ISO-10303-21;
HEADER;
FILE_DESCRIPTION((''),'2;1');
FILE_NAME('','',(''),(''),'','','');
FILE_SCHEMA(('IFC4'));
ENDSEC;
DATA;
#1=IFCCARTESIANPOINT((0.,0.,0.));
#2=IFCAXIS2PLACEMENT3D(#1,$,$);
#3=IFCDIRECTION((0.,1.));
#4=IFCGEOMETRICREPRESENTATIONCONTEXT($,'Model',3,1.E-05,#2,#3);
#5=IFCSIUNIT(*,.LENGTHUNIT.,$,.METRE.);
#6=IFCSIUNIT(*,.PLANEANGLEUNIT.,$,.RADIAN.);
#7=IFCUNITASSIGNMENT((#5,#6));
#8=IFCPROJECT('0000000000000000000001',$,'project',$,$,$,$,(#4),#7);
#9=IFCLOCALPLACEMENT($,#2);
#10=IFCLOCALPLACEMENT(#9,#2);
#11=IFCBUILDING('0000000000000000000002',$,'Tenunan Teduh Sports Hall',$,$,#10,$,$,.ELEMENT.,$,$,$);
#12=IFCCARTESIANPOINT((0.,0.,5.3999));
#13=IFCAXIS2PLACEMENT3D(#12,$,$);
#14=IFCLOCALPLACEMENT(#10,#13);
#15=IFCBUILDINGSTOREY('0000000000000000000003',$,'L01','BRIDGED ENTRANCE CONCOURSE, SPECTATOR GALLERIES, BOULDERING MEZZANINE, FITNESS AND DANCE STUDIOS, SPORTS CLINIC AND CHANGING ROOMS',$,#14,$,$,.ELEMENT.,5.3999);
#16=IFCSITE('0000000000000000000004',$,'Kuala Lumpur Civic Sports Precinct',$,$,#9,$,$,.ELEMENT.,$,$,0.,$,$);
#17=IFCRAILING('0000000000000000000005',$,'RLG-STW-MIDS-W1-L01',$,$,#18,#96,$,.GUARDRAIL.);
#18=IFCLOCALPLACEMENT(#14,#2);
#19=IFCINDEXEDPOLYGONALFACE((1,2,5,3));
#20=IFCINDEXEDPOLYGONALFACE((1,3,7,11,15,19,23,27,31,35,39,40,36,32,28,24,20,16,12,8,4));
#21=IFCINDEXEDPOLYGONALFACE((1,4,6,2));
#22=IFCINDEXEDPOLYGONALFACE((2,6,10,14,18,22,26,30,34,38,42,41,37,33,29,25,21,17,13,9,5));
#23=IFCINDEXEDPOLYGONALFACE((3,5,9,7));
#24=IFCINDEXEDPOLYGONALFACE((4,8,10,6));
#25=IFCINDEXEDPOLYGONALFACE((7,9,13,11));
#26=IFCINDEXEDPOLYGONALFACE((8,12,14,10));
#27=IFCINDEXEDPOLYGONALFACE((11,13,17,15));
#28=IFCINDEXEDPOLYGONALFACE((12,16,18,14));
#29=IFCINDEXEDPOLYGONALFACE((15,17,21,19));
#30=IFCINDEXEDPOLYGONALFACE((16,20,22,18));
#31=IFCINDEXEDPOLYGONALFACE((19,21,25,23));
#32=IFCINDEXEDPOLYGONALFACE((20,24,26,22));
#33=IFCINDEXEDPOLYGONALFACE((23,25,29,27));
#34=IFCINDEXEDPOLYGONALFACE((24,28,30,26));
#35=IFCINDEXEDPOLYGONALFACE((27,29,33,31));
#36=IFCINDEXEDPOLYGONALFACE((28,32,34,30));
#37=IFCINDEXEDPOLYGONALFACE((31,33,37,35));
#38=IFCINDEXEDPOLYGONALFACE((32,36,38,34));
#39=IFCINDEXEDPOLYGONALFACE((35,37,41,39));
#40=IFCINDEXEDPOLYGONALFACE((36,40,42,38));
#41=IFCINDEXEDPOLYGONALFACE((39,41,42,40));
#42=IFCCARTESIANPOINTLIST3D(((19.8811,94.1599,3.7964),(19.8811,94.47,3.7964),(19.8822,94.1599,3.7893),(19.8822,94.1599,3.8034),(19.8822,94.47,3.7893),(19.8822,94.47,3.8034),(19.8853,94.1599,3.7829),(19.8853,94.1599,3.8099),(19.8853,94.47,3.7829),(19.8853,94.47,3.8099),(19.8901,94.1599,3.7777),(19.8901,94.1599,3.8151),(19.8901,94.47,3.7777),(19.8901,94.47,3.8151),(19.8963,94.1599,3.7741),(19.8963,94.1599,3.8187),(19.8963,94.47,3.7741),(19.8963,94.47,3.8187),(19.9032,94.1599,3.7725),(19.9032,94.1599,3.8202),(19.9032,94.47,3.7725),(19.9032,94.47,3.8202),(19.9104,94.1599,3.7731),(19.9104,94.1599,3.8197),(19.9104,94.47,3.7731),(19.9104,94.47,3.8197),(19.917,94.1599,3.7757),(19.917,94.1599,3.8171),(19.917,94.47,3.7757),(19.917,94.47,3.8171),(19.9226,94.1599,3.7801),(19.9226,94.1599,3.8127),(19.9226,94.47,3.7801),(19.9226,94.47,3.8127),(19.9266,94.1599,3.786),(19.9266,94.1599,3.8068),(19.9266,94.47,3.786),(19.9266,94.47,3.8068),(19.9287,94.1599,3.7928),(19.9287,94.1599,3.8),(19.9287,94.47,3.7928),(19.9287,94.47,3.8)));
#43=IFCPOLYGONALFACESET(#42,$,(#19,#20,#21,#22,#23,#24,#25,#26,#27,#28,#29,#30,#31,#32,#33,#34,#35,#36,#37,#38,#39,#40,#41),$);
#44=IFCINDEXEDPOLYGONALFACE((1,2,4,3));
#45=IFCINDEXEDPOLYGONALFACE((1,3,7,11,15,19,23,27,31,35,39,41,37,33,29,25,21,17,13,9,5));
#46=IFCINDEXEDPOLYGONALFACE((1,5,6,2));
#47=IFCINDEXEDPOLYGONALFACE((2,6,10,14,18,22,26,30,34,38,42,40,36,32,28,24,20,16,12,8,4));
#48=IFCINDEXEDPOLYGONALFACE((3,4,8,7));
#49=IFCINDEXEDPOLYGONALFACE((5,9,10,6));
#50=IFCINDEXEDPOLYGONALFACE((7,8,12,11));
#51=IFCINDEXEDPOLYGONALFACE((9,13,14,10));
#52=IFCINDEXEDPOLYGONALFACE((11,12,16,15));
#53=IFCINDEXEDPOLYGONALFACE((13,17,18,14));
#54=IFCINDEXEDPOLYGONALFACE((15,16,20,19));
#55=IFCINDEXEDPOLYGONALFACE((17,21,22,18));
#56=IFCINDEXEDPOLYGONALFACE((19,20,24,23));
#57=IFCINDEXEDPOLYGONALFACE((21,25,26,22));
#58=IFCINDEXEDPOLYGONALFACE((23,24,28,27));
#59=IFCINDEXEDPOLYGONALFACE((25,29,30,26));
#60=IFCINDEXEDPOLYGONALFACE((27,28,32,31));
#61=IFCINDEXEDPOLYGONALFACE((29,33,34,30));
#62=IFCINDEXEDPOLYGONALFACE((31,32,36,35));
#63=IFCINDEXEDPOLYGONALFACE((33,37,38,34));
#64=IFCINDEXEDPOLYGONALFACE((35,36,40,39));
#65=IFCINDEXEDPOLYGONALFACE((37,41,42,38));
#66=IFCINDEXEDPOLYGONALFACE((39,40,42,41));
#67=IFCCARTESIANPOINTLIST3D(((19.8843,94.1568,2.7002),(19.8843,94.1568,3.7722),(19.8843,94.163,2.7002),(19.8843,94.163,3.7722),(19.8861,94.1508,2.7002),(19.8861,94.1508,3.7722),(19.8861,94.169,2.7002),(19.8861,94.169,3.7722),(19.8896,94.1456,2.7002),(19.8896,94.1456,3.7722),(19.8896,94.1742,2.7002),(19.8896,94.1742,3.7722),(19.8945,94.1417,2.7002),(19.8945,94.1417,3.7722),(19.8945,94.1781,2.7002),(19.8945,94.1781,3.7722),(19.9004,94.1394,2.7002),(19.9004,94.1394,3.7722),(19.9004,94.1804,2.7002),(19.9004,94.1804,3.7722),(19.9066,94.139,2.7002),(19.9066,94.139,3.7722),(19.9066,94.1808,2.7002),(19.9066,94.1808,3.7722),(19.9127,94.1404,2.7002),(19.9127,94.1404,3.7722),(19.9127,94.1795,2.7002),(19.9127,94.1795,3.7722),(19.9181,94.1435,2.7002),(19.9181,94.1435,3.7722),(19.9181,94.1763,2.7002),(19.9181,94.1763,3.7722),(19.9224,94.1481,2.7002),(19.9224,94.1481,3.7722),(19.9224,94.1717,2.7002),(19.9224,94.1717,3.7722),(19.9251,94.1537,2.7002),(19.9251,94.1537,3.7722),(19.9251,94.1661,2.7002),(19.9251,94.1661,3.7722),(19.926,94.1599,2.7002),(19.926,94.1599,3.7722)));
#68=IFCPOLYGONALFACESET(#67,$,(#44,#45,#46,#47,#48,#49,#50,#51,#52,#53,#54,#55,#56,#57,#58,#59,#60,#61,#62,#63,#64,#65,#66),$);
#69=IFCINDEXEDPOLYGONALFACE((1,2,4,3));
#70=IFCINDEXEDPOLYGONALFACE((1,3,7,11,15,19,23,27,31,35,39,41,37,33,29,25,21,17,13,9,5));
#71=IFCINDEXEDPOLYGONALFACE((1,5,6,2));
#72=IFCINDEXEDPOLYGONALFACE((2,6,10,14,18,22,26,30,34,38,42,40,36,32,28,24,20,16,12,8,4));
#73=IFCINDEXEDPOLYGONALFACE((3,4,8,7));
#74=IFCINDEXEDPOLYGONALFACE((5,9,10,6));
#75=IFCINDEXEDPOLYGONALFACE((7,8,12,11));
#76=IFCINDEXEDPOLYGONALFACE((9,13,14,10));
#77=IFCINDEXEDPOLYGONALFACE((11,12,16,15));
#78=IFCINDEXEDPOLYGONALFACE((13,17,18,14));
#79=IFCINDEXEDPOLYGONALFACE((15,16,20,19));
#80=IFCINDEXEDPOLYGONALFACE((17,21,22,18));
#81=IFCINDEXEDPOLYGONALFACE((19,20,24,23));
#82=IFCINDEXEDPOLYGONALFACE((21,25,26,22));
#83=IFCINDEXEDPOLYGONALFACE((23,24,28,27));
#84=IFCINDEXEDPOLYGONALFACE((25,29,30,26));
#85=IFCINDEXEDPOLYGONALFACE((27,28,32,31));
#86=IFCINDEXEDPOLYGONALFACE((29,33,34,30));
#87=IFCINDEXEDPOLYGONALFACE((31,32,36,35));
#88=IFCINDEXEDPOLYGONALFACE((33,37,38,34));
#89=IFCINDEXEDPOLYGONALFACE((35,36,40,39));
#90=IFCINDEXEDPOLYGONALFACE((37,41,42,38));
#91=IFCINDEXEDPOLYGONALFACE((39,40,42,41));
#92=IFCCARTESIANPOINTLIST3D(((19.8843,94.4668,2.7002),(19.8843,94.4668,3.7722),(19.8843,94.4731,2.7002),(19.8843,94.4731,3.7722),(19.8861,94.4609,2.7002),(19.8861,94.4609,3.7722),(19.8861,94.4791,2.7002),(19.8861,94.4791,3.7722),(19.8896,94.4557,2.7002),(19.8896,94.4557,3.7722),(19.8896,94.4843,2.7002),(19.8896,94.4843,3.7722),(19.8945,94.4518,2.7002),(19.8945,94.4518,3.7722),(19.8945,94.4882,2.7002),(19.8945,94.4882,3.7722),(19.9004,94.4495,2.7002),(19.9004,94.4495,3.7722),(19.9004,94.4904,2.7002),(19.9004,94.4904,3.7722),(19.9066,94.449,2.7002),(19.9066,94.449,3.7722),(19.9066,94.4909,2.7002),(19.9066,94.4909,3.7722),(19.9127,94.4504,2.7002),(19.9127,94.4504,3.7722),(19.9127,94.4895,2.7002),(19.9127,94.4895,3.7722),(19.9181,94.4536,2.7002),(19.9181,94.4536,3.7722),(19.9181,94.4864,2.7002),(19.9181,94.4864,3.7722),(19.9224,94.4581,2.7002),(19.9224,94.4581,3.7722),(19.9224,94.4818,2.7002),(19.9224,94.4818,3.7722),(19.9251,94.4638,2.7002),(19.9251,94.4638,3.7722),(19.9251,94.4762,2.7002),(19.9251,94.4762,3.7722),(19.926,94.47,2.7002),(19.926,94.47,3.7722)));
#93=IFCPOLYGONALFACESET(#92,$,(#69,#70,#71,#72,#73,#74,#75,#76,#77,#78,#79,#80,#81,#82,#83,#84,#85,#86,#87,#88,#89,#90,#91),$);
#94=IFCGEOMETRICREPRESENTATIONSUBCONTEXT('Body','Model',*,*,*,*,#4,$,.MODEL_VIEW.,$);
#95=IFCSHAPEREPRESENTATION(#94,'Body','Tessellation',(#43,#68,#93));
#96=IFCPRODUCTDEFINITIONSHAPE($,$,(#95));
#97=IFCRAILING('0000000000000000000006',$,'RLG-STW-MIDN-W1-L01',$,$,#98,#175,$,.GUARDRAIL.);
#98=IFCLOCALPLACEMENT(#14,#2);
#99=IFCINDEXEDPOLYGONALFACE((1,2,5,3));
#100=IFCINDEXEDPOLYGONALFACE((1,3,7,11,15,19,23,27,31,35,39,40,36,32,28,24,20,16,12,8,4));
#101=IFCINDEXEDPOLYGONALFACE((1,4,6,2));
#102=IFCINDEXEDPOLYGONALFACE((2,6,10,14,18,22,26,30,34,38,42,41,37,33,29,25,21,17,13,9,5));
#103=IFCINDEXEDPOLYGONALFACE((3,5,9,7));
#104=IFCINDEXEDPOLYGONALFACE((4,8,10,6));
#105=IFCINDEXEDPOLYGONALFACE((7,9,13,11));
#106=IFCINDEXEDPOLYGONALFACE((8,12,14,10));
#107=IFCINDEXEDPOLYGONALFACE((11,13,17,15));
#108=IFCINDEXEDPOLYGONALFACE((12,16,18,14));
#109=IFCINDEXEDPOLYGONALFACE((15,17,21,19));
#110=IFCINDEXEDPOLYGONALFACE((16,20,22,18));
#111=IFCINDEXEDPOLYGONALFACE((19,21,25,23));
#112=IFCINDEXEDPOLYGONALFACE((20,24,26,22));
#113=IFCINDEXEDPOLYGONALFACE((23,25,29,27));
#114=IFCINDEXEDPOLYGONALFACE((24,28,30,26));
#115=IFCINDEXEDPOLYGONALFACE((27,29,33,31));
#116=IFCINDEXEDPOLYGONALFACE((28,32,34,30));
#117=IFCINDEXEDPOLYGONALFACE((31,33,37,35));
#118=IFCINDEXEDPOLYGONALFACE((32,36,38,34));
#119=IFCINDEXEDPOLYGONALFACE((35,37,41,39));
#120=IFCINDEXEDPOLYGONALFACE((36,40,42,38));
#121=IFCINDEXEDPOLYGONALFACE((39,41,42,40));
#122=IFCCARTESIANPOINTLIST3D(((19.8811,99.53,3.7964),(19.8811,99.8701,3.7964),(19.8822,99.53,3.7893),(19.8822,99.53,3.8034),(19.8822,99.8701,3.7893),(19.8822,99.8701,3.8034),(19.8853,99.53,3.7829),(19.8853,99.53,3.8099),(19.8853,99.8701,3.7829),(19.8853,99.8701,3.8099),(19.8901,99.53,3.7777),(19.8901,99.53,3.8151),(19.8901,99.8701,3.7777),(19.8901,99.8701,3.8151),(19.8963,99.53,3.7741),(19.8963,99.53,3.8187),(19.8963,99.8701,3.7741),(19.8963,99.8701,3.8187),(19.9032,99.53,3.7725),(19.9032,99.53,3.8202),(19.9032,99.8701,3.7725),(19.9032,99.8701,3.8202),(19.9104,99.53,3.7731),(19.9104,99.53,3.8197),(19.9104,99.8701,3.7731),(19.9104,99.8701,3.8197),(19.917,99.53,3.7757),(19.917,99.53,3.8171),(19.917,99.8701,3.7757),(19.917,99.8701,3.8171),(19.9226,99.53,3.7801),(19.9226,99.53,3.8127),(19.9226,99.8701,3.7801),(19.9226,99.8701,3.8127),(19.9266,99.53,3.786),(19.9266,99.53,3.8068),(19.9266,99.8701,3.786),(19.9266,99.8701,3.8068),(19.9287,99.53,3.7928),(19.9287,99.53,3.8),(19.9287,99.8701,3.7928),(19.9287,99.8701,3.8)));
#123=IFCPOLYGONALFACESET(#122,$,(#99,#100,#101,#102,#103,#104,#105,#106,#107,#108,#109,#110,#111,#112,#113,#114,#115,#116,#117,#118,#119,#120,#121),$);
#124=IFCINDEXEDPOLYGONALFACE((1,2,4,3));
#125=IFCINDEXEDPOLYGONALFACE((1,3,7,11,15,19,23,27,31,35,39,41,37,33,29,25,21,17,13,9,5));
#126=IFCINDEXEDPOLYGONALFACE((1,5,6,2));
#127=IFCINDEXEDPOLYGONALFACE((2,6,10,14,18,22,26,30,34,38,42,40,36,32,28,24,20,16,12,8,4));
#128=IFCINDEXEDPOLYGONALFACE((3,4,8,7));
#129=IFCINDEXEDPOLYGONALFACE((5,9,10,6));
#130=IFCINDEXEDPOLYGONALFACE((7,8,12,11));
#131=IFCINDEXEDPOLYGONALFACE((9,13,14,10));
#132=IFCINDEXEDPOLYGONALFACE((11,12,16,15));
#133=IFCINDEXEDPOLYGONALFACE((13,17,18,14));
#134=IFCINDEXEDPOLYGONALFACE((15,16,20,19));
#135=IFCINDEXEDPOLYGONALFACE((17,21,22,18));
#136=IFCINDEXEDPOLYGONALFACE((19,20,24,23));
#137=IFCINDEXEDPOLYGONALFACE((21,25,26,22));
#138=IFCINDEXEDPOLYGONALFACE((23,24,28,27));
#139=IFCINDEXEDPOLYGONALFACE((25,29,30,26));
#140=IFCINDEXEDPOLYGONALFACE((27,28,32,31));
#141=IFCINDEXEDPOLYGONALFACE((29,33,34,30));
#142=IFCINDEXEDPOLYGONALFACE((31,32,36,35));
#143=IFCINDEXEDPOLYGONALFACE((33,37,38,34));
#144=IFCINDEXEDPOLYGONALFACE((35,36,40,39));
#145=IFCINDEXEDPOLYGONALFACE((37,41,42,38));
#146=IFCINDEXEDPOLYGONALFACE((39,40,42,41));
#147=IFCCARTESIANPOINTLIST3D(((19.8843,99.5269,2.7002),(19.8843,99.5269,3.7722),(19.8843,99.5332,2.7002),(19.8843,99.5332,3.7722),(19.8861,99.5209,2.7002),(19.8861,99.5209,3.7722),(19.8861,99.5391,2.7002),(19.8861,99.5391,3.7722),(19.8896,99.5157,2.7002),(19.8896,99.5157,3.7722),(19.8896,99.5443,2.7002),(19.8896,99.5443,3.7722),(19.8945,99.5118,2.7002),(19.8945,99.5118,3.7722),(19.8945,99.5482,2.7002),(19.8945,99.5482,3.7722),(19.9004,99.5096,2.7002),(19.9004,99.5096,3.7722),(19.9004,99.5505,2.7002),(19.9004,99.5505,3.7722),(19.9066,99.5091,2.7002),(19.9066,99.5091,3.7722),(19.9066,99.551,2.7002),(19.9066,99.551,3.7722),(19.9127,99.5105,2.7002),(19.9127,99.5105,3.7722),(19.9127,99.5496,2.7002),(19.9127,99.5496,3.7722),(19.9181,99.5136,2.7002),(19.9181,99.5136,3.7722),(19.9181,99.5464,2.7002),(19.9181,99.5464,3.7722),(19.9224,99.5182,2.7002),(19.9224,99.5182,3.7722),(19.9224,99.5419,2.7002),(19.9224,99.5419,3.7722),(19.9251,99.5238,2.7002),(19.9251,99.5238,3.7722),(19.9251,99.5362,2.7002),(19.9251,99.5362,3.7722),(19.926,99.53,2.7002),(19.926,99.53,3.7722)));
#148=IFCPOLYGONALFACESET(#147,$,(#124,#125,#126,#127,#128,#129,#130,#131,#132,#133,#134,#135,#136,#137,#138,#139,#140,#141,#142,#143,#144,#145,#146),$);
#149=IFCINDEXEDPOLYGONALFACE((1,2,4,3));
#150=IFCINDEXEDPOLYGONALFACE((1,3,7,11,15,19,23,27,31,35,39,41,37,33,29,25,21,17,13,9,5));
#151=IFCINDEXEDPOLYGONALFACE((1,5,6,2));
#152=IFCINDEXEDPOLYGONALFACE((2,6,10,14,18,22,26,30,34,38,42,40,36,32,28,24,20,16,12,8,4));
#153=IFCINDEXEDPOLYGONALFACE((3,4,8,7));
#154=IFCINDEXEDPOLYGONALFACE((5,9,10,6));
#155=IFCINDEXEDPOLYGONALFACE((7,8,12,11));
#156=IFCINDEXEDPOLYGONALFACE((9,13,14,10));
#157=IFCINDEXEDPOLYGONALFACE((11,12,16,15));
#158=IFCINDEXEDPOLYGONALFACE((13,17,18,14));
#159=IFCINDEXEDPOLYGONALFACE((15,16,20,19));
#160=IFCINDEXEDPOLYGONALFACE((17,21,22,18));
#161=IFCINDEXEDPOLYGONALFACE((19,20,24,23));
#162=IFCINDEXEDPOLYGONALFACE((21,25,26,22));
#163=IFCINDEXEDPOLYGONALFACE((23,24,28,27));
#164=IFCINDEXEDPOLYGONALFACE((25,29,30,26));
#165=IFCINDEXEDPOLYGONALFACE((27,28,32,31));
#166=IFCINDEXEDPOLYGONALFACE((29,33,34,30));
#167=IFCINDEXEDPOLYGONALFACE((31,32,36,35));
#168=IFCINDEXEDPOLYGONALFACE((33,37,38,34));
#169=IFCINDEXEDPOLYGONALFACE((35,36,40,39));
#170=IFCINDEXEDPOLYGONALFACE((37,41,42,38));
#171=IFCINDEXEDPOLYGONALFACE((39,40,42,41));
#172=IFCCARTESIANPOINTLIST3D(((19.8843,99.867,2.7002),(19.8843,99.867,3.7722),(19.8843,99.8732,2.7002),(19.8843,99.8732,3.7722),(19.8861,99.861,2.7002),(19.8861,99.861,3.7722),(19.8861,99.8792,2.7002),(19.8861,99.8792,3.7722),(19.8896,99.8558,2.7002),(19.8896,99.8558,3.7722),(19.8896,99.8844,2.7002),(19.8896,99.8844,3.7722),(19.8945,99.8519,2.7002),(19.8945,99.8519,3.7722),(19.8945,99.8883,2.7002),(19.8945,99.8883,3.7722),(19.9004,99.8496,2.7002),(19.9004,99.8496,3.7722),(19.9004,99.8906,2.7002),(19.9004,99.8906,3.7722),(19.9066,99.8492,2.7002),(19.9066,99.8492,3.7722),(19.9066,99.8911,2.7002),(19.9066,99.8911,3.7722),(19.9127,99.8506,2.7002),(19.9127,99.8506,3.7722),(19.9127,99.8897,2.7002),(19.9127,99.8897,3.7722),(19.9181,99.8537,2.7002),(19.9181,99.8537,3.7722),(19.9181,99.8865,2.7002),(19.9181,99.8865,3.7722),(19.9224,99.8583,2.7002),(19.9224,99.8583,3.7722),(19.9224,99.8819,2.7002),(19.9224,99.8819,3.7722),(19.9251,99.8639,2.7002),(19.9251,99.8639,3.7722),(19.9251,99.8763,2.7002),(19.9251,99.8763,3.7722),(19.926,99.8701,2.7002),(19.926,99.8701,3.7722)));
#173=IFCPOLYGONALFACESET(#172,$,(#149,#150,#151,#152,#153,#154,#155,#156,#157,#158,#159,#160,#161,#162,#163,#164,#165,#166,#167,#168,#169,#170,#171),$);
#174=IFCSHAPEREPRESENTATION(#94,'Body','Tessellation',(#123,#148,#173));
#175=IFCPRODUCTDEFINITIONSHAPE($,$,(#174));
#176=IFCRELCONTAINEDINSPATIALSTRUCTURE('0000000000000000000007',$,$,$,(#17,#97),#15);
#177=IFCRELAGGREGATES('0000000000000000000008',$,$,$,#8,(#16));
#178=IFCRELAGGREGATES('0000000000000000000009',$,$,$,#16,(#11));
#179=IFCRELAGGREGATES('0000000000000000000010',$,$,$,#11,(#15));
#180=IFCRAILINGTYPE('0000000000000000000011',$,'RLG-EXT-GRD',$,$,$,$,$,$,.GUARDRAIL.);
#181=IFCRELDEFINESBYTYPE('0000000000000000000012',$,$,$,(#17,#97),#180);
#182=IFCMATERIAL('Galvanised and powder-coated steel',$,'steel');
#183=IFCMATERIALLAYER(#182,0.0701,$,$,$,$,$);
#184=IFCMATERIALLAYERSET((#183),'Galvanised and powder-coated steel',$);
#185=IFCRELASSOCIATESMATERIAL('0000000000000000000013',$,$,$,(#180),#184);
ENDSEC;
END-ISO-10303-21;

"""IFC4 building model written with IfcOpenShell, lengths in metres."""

from ifc_helpers import new_model, si_unit, direction, frame, origin, origin_2d, place, context, subcontext, project, spatial, circle, extrude, material, layer, layer_set, type_object, element, save


model = new_model("IFC4")

# Units and contexts
model_context = context("Model", 3, precision=1e-05, world=origin(), true_north=direction((0.0, 1.0)))
body_context = subcontext(model_context, "Body", "Model", "MODEL_VIEW")
ifc_project = project(units=[si_unit("LENGTHUNIT", "METRE"), si_unit("PLANEANGLEUNIT", "RADIAN")], contexts=[model_context])

# Site, building, storey
site_placement = place(None, origin())
site = spatial("IfcSite", under=ifc_project, at=site_placement, Name="Kuala Lumpur Civic Sports Precinct", CompositionType="ELEMENT", RefElevation=0.0)
building_placement = place(site_placement, origin())
building = spatial("IfcBuilding", under=site, at=building_placement, Name="Tenunan Teduh Sports Hall", CompositionType="ELEMENT")
storey_placement = place(building_placement, frame((0.0, 0.0, 5.3999)))
storey = spatial("IfcBuildingStorey", under=building, at=storey_placement, Name="L01", Description="BRIDGED ENTRANCE CONCOURSE, SPECTATOR GALLERIES, BOULDERING MEZZANINE, FITNESS AND DANCE STUDIOS, SPORTS CLINIC AND CHANGING ROOMS", CompositionType="ELEMENT", Elevation=5.3999)

# Railings
ifc_material_1 = material(Name="Galvanised and powder-coated steel", Category="steel")
ifc_layer_1 = layer(ifc_material_1, 0.0701)
ifc_layer_set_1 = layer_set([ifc_layer_1], Name="Galvanised and powder-coated steel")
railing_type_1 = type_object("IfcRailingType", Name="RLG-EXT-GRD", PredefinedType="GUARDRAIL", material=ifc_layer_set_1)
railing_1_placement = place(storey_placement, frame((19.905, 94.1599, 2.7002)))
element("IfcRailing", 1, at=railing_1_placement, inside=storey, type_object=railing_type_1, Name="RLG-STW-MIDS-W1-L01", PredefinedType="GUARDRAIL", context=body_context, shape_type="SweptSolid", body=[
    extrude(circle(Radius=0.0239, at=origin_2d()), frame((0.0, 0.0, 1.0962), z_axis=(0.0, 1.0, 0.0), x_axis=(-1.0, 0.0, 0.0)), (0.0, 0.0, 1.0), 0.3101),
    extrude(circle(Radius=0.021, at=origin_2d()), origin(), (0.0, 0.0, 1.0), 1.072),
    extrude(circle(Radius=0.021, at=origin_2d()), frame((0.0, 0.3101, 0.0)), (0.0, 0.0, 1.0), 1.072),
])
railing_2_placement = place(storey_placement, frame((19.905, 99.53, 2.7002)))
element("IfcRailing", 2, at=railing_2_placement, inside=storey, type_object=railing_type_1, Name="RLG-STW-MIDN-W1-L01", PredefinedType="GUARDRAIL", context=body_context, shape_type="SweptSolid", body=[
    extrude(circle(Radius=0.0239, at=origin_2d()), frame((0.0, 0.0, 1.0962), z_axis=(0.0, 1.0, 0.0), x_axis=(-1.0, 0.0, 0.0)), (0.0, 0.0, 1.0), 0.3401),
    extrude(circle(Radius=0.021, at=origin_2d()), origin(), (0.0, 0.0, 1.0), 1.072),
    extrude(circle(Radius=0.021, at=origin_2d()), frame((0.0, 0.3401, 0.0)), (0.0, 0.0, 1.0), 1.072),
])

save(model, "model.ifc")
